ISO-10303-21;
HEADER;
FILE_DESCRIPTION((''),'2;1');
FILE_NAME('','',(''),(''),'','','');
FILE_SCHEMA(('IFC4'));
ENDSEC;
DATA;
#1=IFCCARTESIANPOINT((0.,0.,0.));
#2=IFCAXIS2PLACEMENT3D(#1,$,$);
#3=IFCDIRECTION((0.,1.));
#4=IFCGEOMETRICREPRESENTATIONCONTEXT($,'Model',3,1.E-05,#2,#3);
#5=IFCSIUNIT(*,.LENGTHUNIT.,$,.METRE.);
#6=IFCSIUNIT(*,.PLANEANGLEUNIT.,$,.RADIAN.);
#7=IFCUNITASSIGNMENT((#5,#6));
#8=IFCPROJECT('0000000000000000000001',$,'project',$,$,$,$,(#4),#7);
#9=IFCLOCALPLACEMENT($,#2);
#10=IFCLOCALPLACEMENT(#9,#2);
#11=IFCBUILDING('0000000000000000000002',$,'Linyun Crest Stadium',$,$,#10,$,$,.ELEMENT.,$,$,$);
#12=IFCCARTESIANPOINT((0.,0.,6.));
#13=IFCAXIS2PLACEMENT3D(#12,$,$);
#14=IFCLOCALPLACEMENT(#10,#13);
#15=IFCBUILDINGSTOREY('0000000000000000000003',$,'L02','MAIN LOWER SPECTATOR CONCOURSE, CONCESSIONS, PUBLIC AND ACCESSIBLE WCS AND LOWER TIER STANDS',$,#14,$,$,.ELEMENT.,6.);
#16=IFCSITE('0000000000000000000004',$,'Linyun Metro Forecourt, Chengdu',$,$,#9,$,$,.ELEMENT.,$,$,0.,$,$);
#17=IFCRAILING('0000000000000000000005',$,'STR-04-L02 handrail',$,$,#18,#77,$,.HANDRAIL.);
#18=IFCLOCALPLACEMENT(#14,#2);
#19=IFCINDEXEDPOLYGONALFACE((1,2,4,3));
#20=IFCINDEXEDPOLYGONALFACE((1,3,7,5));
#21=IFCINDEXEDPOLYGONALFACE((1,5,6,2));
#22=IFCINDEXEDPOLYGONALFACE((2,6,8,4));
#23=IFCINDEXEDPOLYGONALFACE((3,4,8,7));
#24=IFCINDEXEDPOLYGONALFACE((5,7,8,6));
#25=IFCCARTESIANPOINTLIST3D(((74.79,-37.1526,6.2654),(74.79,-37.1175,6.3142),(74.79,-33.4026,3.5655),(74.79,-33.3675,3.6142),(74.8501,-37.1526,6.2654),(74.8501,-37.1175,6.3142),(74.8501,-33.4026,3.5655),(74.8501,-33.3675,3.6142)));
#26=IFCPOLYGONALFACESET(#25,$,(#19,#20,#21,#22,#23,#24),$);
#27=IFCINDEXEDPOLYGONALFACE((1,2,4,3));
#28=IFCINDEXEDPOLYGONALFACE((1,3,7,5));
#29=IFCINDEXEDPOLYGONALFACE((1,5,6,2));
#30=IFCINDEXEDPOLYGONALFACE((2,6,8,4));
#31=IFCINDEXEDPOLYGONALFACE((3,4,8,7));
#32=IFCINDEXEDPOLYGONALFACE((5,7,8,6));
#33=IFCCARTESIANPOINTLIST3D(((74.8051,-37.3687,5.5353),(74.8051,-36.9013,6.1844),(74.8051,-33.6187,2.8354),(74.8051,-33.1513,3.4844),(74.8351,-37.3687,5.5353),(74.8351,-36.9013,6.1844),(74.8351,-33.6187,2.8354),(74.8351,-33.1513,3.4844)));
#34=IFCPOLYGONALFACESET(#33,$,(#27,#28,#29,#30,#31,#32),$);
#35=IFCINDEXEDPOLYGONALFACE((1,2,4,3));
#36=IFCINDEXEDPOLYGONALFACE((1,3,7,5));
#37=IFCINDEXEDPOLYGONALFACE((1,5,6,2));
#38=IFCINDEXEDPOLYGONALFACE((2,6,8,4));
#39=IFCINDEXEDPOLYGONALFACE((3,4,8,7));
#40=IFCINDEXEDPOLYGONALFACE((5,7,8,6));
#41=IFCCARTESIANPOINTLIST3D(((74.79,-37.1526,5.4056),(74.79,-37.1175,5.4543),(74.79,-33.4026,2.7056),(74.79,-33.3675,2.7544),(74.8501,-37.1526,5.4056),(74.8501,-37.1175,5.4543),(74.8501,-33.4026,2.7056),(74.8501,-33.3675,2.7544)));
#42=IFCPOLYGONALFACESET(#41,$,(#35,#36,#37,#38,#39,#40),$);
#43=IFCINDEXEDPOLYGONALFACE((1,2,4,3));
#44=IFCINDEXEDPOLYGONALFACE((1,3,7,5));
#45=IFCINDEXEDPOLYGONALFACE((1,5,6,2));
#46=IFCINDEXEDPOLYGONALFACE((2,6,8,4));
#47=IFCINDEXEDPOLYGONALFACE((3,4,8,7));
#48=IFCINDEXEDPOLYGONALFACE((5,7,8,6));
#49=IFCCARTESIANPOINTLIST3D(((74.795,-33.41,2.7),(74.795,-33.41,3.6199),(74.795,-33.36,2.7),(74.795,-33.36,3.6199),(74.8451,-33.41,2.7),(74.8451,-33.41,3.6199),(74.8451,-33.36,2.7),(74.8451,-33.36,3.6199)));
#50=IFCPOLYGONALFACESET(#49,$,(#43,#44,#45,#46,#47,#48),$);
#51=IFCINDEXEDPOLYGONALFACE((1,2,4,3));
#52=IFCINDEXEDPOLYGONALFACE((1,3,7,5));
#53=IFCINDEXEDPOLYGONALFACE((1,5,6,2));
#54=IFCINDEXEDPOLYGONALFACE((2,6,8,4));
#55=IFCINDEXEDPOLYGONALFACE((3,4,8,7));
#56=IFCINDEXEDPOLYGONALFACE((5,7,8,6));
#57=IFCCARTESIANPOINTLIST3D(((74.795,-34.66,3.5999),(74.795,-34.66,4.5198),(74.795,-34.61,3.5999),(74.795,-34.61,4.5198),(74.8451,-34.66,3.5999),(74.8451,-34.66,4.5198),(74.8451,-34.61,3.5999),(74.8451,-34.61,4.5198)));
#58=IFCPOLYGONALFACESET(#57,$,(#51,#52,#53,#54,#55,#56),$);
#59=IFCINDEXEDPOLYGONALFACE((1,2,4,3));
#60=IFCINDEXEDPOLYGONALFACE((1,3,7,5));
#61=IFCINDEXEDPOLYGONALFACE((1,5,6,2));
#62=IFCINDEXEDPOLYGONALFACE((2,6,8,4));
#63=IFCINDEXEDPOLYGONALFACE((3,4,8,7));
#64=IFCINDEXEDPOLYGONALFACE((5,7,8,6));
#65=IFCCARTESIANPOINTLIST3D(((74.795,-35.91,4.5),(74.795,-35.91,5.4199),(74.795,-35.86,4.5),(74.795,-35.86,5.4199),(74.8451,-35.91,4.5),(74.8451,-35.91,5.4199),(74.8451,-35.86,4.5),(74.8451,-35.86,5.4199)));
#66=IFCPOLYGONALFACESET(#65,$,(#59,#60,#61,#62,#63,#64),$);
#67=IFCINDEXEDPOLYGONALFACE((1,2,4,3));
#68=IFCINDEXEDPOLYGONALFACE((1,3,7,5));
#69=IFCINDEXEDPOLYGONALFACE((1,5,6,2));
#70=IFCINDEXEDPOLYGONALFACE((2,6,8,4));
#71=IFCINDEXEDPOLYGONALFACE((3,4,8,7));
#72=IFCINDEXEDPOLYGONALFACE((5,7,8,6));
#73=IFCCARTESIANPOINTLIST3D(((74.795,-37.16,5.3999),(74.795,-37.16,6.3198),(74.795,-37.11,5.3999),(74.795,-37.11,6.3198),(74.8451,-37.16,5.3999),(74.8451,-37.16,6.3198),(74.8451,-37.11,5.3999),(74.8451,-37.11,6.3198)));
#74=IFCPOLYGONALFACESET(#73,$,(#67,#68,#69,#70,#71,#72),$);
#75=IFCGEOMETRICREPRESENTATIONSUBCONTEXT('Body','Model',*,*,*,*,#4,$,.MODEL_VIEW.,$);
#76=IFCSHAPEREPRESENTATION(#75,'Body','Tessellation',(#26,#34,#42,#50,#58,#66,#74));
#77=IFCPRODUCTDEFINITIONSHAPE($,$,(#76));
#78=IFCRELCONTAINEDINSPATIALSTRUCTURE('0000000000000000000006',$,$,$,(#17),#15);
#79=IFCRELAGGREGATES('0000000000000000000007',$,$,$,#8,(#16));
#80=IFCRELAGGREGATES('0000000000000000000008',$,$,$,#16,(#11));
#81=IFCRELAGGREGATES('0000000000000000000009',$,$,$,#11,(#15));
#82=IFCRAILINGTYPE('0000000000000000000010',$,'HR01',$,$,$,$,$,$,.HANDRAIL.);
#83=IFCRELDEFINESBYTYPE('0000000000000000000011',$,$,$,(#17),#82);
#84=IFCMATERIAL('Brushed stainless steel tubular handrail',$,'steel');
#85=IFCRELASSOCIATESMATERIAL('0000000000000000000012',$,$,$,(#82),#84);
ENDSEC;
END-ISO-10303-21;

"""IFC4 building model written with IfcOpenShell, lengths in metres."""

from ifc_helpers import new_model, si_unit, direction, frame, origin, origin_2d, place, context, subcontext, project, spatial, rectangle, extrude, material, type_object, element, save


model = new_model("IFC4")

# Units and contexts
model_context = context("Model", 3, precision=1e-05, world=origin(), true_north=direction((0.0, 1.0)))
body_context = subcontext(model_context, "Body", "Model", "MODEL_VIEW")
ifc_project = project(units=[si_unit("LENGTHUNIT", "METRE"), si_unit("PLANEANGLEUNIT", "RADIAN")], contexts=[model_context])

# Site, building, storey
site_placement = place(None, origin())
site = spatial("IfcSite", under=ifc_project, at=site_placement, Name="Linyun Metro Forecourt, Chengdu", CompositionType="ELEMENT", RefElevation=0.0)
building_placement = place(site_placement, origin())
building = spatial("IfcBuilding", under=site, at=building_placement, Name="Linyun Crest Stadium", CompositionType="ELEMENT")
storey_placement = place(building_placement, frame((0.0, 0.0, 6.0)))
storey = spatial("IfcBuildingStorey", under=building, at=storey_placement, Name="L02", Description="MAIN LOWER SPECTATOR CONCOURSE, CONCESSIONS, PUBLIC AND ACCESSIBLE WCS AND LOWER TIER STANDS", CompositionType="ELEMENT", Elevation=6.0)

# Railing
ifc_material_1 = material(Name="Brushed stainless steel tubular handrail", Category="steel")
railing_type_1 = type_object("IfcRailingType", Name="HR01", PredefinedType="HANDRAIL", material=ifc_material_1)
railing_1_placement = place(storey_placement, frame((74.8201, -33.385, 2.7)))
element("IfcRailing", 1, at=railing_1_placement, inside=storey, type_object=railing_type_1, Name="STR-04-L02 handrail", PredefinedType="HANDRAIL", context=body_context, shape_type="SweptSolid", body=[
    extrude(rectangle(XDim=0.0601, YDim=0.0601, at=origin_2d()), frame((0.0, 0.0, 0.8899), z_axis=(0.0, -0.811539, 0.584298), x_axis=(1.0, 0.0, 0.0)), (0.0, 0.0, 1.0), 4.6208),
    extrude(rectangle(XDim=0.03, YDim=0.7998, at=origin_2d()), frame((0.0, 0.0, 0.46), z_axis=(0.0, -0.811539, 0.584298), x_axis=(1.0, 0.0, 0.0)), (0.0, 0.0, 1.0), 4.6208),
    extrude(rectangle(XDim=0.0601, YDim=0.0601, at=origin_2d()), frame((0.0, 0.0, 0.03), z_axis=(0.0, -0.811539, 0.584298), x_axis=(1.0, 0.0, 0.0)), (0.0, 0.0, 1.0), 4.6208),
    extrude(rectangle(XDim=0.05, YDim=0.05, at=origin_2d()), origin(), (0.0, 0.0, 1.0), 0.9199),
    extrude(rectangle(XDim=0.05, YDim=0.05, at=origin_2d()), frame((0.0, -1.25, 0.8999)), (0.0, 0.0, 1.0), 0.9199),
    extrude(rectangle(XDim=0.05, YDim=0.05, at=origin_2d()), frame((0.0, -2.5, 1.8)), (0.0, 0.0, 1.0), 0.9199),
    extrude(rectangle(XDim=0.05, YDim=0.05, at=origin_2d()), frame((0.0, -3.75, 2.7)), (0.0, 0.0, 1.0), 0.9199),
])

save(model, "model.ifc")
